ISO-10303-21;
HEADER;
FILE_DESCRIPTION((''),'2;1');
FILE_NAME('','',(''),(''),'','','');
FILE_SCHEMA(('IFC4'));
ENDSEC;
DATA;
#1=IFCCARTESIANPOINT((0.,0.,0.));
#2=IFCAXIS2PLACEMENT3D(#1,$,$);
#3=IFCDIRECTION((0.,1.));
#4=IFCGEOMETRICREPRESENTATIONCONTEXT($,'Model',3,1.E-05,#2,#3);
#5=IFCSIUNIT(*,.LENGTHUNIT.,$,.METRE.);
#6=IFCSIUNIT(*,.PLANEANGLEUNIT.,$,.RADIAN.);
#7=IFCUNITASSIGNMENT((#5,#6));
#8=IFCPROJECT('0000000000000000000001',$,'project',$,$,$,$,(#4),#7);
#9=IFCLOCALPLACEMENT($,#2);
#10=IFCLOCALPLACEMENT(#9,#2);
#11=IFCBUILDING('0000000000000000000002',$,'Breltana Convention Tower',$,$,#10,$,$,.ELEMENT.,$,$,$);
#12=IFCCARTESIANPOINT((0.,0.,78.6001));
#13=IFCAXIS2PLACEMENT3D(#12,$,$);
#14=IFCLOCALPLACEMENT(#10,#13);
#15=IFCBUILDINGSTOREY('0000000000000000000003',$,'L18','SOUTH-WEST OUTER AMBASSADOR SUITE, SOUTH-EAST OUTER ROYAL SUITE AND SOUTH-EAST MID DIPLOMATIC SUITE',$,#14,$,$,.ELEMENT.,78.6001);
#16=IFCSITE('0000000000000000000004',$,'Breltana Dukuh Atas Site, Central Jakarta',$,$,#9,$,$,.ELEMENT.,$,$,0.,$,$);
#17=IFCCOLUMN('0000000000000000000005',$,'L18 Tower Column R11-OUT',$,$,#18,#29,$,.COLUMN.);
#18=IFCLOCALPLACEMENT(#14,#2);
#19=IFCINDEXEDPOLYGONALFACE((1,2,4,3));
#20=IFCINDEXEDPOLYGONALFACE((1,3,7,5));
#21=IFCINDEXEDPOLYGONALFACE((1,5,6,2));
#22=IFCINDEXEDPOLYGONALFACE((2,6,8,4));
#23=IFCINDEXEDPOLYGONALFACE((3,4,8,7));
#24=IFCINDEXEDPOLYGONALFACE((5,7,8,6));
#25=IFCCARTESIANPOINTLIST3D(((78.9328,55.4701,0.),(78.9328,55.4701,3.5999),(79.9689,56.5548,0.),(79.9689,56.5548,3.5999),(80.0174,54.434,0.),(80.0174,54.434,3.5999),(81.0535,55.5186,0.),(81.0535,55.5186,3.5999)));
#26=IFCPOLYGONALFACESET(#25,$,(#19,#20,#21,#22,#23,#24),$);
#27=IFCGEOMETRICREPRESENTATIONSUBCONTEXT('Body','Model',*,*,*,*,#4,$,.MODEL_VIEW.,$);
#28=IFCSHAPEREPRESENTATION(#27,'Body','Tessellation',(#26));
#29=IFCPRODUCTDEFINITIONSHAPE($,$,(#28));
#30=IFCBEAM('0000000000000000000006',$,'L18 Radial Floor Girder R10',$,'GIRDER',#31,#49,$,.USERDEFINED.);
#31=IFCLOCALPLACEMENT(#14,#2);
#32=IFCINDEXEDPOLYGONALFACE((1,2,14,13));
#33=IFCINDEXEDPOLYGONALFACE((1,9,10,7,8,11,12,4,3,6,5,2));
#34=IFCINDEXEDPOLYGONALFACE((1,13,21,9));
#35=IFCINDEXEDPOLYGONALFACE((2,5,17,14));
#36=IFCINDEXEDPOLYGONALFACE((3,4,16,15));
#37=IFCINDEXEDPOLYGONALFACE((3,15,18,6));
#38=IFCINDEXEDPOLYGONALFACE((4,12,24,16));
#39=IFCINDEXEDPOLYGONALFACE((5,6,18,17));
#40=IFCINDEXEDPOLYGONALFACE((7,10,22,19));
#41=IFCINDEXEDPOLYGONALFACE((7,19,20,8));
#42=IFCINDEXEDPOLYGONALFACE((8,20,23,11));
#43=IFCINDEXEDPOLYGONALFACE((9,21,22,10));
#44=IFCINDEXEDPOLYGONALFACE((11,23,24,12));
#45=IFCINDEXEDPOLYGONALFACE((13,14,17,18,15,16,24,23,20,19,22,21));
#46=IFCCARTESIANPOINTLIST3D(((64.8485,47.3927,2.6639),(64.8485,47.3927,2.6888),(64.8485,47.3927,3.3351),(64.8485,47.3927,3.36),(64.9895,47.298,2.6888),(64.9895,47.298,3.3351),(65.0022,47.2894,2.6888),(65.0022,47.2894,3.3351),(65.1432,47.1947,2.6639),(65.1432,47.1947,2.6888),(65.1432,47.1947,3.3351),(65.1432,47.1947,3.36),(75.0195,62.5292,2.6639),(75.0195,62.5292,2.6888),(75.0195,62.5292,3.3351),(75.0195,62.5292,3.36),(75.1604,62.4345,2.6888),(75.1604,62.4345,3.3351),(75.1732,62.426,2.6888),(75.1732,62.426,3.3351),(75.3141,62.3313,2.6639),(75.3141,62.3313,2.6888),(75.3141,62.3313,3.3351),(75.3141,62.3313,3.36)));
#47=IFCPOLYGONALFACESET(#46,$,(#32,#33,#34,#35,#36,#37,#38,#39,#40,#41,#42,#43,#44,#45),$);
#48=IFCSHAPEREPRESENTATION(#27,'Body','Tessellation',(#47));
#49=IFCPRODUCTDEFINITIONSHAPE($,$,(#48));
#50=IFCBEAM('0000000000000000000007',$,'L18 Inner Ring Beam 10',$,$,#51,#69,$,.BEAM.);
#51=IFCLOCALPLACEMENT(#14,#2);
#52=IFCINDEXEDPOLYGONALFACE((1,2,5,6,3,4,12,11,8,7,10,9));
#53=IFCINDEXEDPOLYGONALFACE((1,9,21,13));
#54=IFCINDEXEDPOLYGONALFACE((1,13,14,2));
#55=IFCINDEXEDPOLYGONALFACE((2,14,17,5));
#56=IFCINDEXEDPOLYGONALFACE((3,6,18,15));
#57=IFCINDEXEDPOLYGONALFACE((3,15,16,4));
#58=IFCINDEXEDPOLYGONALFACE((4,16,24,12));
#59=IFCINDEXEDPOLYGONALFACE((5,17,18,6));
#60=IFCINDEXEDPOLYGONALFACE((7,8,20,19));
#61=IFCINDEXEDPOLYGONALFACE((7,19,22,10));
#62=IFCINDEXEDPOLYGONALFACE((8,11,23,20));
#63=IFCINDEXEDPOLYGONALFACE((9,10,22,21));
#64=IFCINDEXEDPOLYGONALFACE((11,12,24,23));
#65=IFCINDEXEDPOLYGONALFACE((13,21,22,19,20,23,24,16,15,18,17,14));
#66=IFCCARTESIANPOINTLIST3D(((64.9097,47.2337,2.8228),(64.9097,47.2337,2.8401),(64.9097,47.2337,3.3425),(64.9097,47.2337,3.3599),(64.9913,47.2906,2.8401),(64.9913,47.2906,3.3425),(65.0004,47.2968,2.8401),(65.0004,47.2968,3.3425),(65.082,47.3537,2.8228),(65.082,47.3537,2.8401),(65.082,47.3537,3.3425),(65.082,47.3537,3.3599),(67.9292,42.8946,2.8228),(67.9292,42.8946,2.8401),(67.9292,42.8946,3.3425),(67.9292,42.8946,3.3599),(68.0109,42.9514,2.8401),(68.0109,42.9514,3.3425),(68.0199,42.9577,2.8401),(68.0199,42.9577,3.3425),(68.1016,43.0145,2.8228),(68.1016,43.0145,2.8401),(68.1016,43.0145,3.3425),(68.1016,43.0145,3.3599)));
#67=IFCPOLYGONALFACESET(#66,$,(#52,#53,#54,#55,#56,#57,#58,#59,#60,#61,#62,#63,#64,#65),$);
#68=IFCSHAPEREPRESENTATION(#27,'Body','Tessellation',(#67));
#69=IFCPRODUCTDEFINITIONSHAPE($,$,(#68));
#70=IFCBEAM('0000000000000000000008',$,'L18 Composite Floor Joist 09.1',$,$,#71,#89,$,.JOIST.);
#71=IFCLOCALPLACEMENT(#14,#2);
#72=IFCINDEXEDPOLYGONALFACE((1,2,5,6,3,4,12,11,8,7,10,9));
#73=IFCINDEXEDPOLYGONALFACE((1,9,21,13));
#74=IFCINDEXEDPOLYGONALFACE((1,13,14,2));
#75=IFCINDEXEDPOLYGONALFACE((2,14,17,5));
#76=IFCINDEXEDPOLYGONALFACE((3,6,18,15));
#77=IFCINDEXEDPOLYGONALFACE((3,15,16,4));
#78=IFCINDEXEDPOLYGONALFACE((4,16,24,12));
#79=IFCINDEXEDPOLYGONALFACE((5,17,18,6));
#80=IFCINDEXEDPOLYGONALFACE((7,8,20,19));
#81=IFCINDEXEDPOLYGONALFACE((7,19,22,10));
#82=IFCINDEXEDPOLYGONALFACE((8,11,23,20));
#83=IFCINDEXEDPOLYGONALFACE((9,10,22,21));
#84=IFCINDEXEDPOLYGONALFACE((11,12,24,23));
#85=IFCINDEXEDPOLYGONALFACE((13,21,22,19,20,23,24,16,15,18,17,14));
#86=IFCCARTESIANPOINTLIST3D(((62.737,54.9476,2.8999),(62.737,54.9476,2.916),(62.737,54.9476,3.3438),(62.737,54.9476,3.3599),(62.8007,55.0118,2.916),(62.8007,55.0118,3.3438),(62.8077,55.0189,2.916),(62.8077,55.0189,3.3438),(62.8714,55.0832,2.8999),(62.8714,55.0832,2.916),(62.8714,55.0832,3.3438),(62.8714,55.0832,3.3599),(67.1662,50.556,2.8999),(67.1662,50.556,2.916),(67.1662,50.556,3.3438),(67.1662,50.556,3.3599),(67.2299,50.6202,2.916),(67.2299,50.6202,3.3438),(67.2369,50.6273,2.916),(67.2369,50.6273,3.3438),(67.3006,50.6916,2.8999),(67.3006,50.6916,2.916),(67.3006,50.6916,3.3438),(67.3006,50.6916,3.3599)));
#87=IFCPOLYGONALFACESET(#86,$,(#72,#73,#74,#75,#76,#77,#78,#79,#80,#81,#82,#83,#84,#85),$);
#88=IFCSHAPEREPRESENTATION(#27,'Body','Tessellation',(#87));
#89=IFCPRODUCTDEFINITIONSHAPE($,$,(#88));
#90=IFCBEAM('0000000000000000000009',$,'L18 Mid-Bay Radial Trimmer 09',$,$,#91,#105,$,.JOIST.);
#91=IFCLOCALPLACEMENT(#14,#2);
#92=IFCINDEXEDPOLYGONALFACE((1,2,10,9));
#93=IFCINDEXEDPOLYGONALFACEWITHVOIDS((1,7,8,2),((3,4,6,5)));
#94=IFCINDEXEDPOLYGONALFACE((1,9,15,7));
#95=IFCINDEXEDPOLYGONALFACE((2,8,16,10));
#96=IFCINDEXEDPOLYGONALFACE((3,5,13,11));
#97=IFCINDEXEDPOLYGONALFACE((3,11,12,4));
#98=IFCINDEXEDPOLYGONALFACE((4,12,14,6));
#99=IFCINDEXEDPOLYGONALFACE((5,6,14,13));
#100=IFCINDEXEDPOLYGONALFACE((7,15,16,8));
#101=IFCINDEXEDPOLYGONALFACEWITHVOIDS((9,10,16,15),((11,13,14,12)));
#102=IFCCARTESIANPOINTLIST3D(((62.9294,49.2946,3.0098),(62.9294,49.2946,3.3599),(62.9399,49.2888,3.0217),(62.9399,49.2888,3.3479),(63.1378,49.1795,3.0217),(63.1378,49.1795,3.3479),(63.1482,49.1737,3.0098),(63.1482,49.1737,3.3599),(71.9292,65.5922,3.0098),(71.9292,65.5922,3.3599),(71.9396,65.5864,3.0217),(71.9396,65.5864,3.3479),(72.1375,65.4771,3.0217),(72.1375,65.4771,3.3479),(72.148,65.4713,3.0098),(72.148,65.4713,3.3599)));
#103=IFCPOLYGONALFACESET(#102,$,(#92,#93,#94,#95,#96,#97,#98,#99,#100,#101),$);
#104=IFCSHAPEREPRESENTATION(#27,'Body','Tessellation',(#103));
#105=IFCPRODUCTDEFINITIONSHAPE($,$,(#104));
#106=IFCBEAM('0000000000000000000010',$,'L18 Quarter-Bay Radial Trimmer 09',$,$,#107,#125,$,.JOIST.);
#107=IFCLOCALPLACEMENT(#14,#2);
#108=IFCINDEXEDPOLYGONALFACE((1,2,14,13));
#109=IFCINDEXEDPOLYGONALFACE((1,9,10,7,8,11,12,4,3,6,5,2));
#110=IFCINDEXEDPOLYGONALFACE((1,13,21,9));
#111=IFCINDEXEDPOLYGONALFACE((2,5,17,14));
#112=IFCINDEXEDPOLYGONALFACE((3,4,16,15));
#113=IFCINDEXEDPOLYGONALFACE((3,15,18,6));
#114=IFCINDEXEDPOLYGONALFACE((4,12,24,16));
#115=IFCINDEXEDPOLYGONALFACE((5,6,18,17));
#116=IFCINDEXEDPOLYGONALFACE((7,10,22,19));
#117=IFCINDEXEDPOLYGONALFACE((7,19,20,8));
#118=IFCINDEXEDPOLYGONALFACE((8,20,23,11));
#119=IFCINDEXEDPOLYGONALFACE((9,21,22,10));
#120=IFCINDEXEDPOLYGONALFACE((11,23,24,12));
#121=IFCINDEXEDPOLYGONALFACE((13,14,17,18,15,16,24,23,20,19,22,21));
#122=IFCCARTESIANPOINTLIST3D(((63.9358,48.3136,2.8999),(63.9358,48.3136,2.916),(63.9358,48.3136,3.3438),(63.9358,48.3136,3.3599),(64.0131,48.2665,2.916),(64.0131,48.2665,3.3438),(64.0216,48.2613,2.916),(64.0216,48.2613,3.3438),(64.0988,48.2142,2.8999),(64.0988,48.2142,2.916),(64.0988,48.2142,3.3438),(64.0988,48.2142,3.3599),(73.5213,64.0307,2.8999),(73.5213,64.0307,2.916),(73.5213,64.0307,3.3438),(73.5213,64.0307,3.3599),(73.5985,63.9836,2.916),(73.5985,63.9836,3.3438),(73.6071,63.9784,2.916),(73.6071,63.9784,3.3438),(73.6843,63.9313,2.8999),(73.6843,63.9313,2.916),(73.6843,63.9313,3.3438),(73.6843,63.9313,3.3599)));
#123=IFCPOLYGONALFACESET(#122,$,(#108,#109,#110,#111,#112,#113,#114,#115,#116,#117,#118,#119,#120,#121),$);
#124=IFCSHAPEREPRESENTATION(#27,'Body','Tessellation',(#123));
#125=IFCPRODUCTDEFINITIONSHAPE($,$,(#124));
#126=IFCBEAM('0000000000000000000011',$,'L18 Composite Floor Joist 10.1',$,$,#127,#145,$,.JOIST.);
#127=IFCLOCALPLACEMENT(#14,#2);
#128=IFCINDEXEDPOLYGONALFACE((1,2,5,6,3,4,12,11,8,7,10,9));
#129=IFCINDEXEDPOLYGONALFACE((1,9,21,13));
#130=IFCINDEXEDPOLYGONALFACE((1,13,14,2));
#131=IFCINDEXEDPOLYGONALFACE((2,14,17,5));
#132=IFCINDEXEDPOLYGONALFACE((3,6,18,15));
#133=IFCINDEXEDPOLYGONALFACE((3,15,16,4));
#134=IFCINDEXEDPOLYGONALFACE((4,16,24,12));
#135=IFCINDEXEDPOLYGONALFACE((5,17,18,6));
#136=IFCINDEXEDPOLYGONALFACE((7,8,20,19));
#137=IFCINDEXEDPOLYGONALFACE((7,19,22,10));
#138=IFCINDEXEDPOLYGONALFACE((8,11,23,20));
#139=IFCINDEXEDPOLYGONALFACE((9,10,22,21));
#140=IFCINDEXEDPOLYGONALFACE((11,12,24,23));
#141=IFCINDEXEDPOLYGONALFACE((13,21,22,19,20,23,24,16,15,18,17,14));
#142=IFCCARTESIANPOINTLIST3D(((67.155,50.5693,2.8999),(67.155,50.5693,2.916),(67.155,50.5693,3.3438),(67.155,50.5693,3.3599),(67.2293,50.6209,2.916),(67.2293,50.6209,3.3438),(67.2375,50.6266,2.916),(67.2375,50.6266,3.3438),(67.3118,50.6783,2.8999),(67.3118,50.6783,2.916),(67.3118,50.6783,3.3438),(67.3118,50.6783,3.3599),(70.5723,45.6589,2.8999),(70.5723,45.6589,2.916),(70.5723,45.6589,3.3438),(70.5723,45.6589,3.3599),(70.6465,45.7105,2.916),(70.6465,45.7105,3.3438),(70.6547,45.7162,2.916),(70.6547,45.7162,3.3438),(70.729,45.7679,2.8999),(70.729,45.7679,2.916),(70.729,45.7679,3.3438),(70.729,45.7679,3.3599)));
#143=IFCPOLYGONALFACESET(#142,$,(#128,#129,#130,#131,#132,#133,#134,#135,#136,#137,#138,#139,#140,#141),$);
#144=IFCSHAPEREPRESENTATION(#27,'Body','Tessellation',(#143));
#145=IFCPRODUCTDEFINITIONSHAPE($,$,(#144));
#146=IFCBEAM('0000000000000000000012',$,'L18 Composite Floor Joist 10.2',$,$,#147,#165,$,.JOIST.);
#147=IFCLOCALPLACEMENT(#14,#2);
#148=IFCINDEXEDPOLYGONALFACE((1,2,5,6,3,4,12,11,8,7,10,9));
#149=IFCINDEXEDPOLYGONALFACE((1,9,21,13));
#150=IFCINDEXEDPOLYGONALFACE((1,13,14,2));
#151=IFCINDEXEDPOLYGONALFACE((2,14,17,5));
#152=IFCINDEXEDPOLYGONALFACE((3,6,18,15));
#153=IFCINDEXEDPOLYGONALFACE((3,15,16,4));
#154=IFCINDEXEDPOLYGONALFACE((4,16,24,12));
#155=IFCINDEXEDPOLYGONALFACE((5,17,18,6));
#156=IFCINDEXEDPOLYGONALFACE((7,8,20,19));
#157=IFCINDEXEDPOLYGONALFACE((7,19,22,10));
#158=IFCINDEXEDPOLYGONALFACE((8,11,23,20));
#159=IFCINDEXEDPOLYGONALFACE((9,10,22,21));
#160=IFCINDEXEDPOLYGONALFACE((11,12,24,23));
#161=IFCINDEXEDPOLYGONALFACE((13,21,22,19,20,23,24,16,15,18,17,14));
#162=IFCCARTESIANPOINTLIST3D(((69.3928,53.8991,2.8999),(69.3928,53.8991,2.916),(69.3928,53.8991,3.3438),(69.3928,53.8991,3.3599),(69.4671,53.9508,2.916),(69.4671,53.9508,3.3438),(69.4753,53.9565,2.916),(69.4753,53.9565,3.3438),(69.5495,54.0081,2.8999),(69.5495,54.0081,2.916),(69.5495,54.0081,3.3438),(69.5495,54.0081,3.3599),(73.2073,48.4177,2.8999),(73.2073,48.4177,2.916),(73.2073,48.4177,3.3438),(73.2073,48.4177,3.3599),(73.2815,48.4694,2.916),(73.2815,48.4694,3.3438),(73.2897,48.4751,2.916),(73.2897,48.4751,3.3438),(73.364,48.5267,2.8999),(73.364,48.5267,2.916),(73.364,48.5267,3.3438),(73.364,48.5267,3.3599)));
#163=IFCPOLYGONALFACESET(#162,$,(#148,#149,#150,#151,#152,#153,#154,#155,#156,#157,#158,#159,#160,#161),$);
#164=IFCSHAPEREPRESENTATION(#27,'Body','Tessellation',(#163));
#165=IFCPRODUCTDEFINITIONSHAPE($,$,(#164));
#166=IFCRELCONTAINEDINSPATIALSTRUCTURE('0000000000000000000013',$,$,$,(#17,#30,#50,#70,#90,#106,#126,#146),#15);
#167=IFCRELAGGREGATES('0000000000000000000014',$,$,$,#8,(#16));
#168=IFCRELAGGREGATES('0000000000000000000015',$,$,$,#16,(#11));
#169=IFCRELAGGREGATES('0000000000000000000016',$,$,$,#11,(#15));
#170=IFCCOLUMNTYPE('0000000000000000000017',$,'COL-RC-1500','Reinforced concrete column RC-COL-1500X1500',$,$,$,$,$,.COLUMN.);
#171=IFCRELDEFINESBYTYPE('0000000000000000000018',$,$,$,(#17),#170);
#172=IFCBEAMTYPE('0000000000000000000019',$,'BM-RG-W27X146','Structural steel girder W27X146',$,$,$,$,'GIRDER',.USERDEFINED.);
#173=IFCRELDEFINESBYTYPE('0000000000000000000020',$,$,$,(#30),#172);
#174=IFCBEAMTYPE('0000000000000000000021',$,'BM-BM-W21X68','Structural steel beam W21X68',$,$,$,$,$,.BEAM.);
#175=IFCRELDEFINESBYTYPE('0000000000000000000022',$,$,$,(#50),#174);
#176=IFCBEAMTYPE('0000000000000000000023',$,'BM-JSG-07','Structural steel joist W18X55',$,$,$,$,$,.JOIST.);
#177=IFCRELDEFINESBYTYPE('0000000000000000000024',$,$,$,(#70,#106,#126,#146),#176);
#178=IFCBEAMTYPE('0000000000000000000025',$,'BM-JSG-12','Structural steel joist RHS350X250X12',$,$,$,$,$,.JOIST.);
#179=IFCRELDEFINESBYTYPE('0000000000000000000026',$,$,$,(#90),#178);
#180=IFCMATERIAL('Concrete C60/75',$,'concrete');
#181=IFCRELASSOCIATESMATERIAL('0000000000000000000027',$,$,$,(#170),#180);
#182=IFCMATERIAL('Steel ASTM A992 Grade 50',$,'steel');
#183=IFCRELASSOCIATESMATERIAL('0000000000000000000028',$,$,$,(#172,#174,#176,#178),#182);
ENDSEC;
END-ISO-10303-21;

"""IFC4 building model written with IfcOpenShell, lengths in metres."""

from ifc_helpers import new_model, si_unit, direction, frame, origin, origin_2d, place, context, subcontext, project, spatial, rectangle, hollow_rectangle, i_section, extrude, source, transform, mapped, material, material_profile, profile_set, type_object, element, save


model = new_model("IFC4")

# Units and contexts
model_context = context("Model", 3, precision=1e-05, world=origin(), true_north=direction((0.0, 1.0)))
body_context = subcontext(model_context, "Body", "Model", "MODEL_VIEW")
ifc_project = project(units=[si_unit("LENGTHUNIT", "METRE"), si_unit("PLANEANGLEUNIT", "RADIAN")], contexts=[model_context])

# Site, building, storey
site_placement = place(None, origin())
site = spatial("IfcSite", under=ifc_project, at=site_placement, Name="Breltana Dukuh Atas Site, Central Jakarta", CompositionType="ELEMENT", RefElevation=0.0)
building_placement = place(site_placement, origin())
building = spatial("IfcBuilding", under=site, at=building_placement, Name="Breltana Convention Tower", CompositionType="ELEMENT")
storey_placement = place(building_placement, frame((0.0, 0.0, 78.6001)))
storey = spatial("IfcBuildingStorey", under=building, at=storey_placement, Name="L18", Description="SOUTH-WEST OUTER AMBASSADOR SUITE, SOUTH-EAST OUTER ROYAL SUITE AND SOUTH-EAST MID DIPLOMATIC SUITE", CompositionType="ELEMENT", Elevation=78.6001)

# Column
ifc_material_1 = material(Name="Concrete C60/75", Category="concrete")
ifc_material_profile_1 = material_profile(ifc_material_1, rectangle(XDim=1.5, YDim=1.5, at=origin_2d()), Name="RC-COL-1500X1500")
ifc_profile_set_1 = profile_set([ifc_material_profile_1], Name="Concrete C60/75")
column_type_1 = type_object("IfcColumnType", Name="COL-RC-1500", Description="Reinforced concrete column RC-COL-1500X1500", PredefinedType="COLUMN", material=ifc_profile_set_1)
shared_shape_1 = source(origin(), body_context, "Body", "SweptSolid", [
    extrude(rectangle(XDim=1.5, YDim=1.5, at=origin_2d()), origin(), (0.0, 0.0, 1.0), 3.5999),
])
column_1_placement = place(storey_placement, frame((79.9932, 55.4944, 0.0), z_axis=(0.0, 0.0, 1.0), x_axis=(0.690756, 0.723088, 0.0)))
element("IfcColumn", 1, at=column_1_placement, inside=storey, type_object=column_type_1, Name="L18 Tower Column R11-OUT", PredefinedType="COLUMN", context=body_context, shape_type="MappedRepresentation", body=[
    mapped(shared_shape_1, transform((0.0, 0.0, 0.0), scale=1.0)),
])

# Beams
ifc_material_2 = material(Name="Steel ASTM A992 Grade 50", Category="steel")
ifc_material_profile_2 = material_profile(ifc_material_2, i_section(OverallWidth=0.355, OverallDepth=0.696, WebThickness=0.0154, FlangeThickness=0.0249, at=origin_2d()), Name="W27X146")
ifc_profile_set_2 = profile_set([ifc_material_profile_2], Name="Steel ASTM A992 Grade 50")
beam_type_1 = type_object("IfcBeamType", Name="BM-RG-W27X146", Description="Structural steel girder W27X146", ElementType="GIRDER", PredefinedType="USERDEFINED", material=ifc_profile_set_2)
shared_shape_2 = source(origin(), body_context, "Body", "SweptSolid", [
    extrude(i_section(OverallWidth=0.355, OverallDepth=0.696, WebThickness=0.0154, FlangeThickness=0.0249, at=origin_2d()), origin(), (0.0, 0.0, 1.0), 18.2363),
])
beam_1_placement = place(storey_placement, frame((64.9958, 47.2937, 3.012), z_axis=(0.55773, 0.830022, 0.0), x_axis=(-0.830022, 0.55773, 0.0)))
element("IfcBeam", 2, at=beam_1_placement, inside=storey, type_object=beam_type_1, Name="L18 Radial Floor Girder R10", ObjectType="GIRDER", PredefinedType="USERDEFINED", context=body_context, shape_type="MappedRepresentation", body=[
    mapped(shared_shape_2, transform((0.0, 0.0, 0.0), scale=1.0)),
])
ifc_material_profile_3 = material_profile(ifc_material_2, i_section(OverallWidth=0.21, OverallDepth=0.5371, WebThickness=0.011, FlangeThickness=0.0173, at=origin_2d()), Name="W21X68")
ifc_profile_set_3 = profile_set([ifc_material_profile_3], Name="Steel ASTM A992 Grade 50")
beam_type_2 = type_object("IfcBeamType", Name="BM-BM-W21X68", Description="Structural steel beam W21X68", PredefinedType="BEAM", material=ifc_profile_set_3)
shared_shape_3 = source(origin(), body_context, "Body", "SweptSolid", [
    extrude(i_section(OverallWidth=0.21, OverallDepth=0.5371, WebThickness=0.011, FlangeThickness=0.0173, at=origin_2d()), origin(), (0.0, 0.0, 1.0), 5.2864),
])
beam_2_placement = place(storey_placement, frame((64.9958, 47.2937, 3.0913), z_axis=(0.571194, -0.820815, 0.0), x_axis=(0.820815, 0.571194, 0.0)))
element("IfcBeam", 3, at=beam_2_placement, inside=storey, type_object=beam_type_2, Name="L18 Inner Ring Beam 10", PredefinedType="BEAM", context=body_context, shape_type="MappedRepresentation", body=[
    mapped(shared_shape_3, transform((0.0, 0.0, 0.0), scale=1.0)),
])
ifc_material_profile_4 = material_profile(ifc_material_2, i_section(OverallWidth=0.1909, OverallDepth=0.46, WebThickness=0.01, FlangeThickness=0.0161, at=origin_2d()), Name="W18X55")
ifc_profile_set_4 = profile_set([ifc_material_profile_4], Name="Steel ASTM A992 Grade 50")
beam_type_3 = type_object("IfcBeamType", Name="BM-JSG-07", Description="Structural steel joist W18X55", PredefinedType="JOIST", material=ifc_profile_set_4)
shared_shape_4 = source(origin(), body_context, "Body", "SweptSolid", [
    extrude(i_section(OverallWidth=0.1909, OverallDepth=0.46, WebThickness=0.01, FlangeThickness=0.0161, at=origin_2d()), origin(), (0.0, 0.0, 1.0), 6.2373),
])
beam_3_placement = place(storey_placement, frame((62.8042, 55.0154, 3.1299), z_axis=(0.710114, -0.704086, 0.0), x_axis=(0.704086, 0.710114, 0.0)))
element("IfcBeam", 4, at=beam_3_placement, inside=storey, type_object=beam_type_3, Name="L18 Composite Floor Joist 09.1", PredefinedType="JOIST", context=body_context, shape_type="MappedRepresentation", body=[
    mapped(shared_shape_4, transform((0.0, 0.0, 0.0), scale=1.0)),
])
ifc_material_profile_5 = material_profile(ifc_material_2, hollow_rectangle(XDim=0.25, YDim=0.3501, WallThickness=0.012, at=origin_2d()), Name="RHS350X250X12")
ifc_profile_set_5 = profile_set([ifc_material_profile_5], Name="Steel ASTM A992 Grade 50")
beam_type_4 = type_object("IfcBeamType", Name="BM-JSG-12", Description="Structural steel joist RHS350X250X12", PredefinedType="JOIST", material=ifc_profile_set_5)
shared_shape_5 = source(origin(), body_context, "Body", "SweptSolid", [
    extrude(hollow_rectangle(XDim=0.25, YDim=0.3501, WallThickness=0.012, at=origin_2d()), origin(), (0.0, 0.0, 1.0), 18.6174),
])
beam_4_placement = place(storey_placement, frame((63.0388, 49.2341, 3.1848), z_axis=(0.483406, 0.875396, 0.0), x_axis=(-0.875396, 0.483406, 0.0)))
element("IfcBeam", 5, at=beam_4_placement, inside=storey, type_object=beam_type_4, Name="L18 Mid-Bay Radial Trimmer 09", PredefinedType="JOIST", context=body_context, shape_type="MappedRepresentation", body=[
    mapped(shared_shape_5, transform((0.0, 0.0, 0.0), scale=1.0)),
])
shared_shape_6 = source(origin(), body_context, "Body", "SweptSolid", [
    extrude(i_section(OverallWidth=0.1909, OverallDepth=0.46, WebThickness=0.01, FlangeThickness=0.0161, at=origin_2d()), origin(), (0.0, 0.0, 1.0), 18.4094),
])
beam_5_placement = place(storey_placement, frame((64.0173, 48.2639, 3.1299), z_axis=(0.520682, 0.853751, 0.0), x_axis=(-0.853751, 0.520682, 0.0)))
element("IfcBeam", 6, at=beam_5_placement, inside=storey, type_object=beam_type_3, Name="L18 Quarter-Bay Radial Trimmer 09", PredefinedType="JOIST", context=body_context, shape_type="MappedRepresentation", body=[
    mapped(shared_shape_6, transform((0.0, 0.0, 0.0), scale=1.0)),
])
shared_shape_7 = source(origin(), body_context, "Body", "SweptSolid", [
    extrude(i_section(OverallWidth=0.1909, OverallDepth=0.46, WebThickness=0.01, FlangeThickness=0.0161, at=origin_2d()), origin(), (0.0, 0.0, 1.0), 5.9824),
])
beam_6_placement = place(storey_placement, frame((67.2334, 50.6238, 3.1299), z_axis=(0.571212, -0.820803, 0.0), x_axis=(0.820803, 0.571212, 0.0)))
element("IfcBeam", 7, at=beam_6_placement, inside=storey, type_object=beam_type_3, Name="L18 Composite Floor Joist 10.1", PredefinedType="JOIST", context=body_context, shape_type="MappedRepresentation", body=[
    mapped(shared_shape_7, transform((0.0, 0.0, 0.0), scale=1.0)),
])
shared_shape_8 = source(origin(), body_context, "Body", "SweptSolid", [
    extrude(i_section(OverallWidth=0.1909, OverallDepth=0.46, WebThickness=0.01, FlangeThickness=0.0161, at=origin_2d()), origin(), (0.0, 0.0, 1.0), 6.678),
])
beam_7_placement = place(storey_placement, frame((69.4712, 53.9536, 3.1299), z_axis=(0.571193, -0.820816, 0.0), x_axis=(0.820816, 0.571193, 0.0)))
element("IfcBeam", 8, at=beam_7_placement, inside=storey, type_object=beam_type_3, Name="L18 Composite Floor Joist 10.2", PredefinedType="JOIST", context=body_context, shape_type="MappedRepresentation", body=[
    mapped(shared_shape_8, transform((0.0, 0.0, 0.0), scale=1.0)),
])

save(model, "model.ifc")
